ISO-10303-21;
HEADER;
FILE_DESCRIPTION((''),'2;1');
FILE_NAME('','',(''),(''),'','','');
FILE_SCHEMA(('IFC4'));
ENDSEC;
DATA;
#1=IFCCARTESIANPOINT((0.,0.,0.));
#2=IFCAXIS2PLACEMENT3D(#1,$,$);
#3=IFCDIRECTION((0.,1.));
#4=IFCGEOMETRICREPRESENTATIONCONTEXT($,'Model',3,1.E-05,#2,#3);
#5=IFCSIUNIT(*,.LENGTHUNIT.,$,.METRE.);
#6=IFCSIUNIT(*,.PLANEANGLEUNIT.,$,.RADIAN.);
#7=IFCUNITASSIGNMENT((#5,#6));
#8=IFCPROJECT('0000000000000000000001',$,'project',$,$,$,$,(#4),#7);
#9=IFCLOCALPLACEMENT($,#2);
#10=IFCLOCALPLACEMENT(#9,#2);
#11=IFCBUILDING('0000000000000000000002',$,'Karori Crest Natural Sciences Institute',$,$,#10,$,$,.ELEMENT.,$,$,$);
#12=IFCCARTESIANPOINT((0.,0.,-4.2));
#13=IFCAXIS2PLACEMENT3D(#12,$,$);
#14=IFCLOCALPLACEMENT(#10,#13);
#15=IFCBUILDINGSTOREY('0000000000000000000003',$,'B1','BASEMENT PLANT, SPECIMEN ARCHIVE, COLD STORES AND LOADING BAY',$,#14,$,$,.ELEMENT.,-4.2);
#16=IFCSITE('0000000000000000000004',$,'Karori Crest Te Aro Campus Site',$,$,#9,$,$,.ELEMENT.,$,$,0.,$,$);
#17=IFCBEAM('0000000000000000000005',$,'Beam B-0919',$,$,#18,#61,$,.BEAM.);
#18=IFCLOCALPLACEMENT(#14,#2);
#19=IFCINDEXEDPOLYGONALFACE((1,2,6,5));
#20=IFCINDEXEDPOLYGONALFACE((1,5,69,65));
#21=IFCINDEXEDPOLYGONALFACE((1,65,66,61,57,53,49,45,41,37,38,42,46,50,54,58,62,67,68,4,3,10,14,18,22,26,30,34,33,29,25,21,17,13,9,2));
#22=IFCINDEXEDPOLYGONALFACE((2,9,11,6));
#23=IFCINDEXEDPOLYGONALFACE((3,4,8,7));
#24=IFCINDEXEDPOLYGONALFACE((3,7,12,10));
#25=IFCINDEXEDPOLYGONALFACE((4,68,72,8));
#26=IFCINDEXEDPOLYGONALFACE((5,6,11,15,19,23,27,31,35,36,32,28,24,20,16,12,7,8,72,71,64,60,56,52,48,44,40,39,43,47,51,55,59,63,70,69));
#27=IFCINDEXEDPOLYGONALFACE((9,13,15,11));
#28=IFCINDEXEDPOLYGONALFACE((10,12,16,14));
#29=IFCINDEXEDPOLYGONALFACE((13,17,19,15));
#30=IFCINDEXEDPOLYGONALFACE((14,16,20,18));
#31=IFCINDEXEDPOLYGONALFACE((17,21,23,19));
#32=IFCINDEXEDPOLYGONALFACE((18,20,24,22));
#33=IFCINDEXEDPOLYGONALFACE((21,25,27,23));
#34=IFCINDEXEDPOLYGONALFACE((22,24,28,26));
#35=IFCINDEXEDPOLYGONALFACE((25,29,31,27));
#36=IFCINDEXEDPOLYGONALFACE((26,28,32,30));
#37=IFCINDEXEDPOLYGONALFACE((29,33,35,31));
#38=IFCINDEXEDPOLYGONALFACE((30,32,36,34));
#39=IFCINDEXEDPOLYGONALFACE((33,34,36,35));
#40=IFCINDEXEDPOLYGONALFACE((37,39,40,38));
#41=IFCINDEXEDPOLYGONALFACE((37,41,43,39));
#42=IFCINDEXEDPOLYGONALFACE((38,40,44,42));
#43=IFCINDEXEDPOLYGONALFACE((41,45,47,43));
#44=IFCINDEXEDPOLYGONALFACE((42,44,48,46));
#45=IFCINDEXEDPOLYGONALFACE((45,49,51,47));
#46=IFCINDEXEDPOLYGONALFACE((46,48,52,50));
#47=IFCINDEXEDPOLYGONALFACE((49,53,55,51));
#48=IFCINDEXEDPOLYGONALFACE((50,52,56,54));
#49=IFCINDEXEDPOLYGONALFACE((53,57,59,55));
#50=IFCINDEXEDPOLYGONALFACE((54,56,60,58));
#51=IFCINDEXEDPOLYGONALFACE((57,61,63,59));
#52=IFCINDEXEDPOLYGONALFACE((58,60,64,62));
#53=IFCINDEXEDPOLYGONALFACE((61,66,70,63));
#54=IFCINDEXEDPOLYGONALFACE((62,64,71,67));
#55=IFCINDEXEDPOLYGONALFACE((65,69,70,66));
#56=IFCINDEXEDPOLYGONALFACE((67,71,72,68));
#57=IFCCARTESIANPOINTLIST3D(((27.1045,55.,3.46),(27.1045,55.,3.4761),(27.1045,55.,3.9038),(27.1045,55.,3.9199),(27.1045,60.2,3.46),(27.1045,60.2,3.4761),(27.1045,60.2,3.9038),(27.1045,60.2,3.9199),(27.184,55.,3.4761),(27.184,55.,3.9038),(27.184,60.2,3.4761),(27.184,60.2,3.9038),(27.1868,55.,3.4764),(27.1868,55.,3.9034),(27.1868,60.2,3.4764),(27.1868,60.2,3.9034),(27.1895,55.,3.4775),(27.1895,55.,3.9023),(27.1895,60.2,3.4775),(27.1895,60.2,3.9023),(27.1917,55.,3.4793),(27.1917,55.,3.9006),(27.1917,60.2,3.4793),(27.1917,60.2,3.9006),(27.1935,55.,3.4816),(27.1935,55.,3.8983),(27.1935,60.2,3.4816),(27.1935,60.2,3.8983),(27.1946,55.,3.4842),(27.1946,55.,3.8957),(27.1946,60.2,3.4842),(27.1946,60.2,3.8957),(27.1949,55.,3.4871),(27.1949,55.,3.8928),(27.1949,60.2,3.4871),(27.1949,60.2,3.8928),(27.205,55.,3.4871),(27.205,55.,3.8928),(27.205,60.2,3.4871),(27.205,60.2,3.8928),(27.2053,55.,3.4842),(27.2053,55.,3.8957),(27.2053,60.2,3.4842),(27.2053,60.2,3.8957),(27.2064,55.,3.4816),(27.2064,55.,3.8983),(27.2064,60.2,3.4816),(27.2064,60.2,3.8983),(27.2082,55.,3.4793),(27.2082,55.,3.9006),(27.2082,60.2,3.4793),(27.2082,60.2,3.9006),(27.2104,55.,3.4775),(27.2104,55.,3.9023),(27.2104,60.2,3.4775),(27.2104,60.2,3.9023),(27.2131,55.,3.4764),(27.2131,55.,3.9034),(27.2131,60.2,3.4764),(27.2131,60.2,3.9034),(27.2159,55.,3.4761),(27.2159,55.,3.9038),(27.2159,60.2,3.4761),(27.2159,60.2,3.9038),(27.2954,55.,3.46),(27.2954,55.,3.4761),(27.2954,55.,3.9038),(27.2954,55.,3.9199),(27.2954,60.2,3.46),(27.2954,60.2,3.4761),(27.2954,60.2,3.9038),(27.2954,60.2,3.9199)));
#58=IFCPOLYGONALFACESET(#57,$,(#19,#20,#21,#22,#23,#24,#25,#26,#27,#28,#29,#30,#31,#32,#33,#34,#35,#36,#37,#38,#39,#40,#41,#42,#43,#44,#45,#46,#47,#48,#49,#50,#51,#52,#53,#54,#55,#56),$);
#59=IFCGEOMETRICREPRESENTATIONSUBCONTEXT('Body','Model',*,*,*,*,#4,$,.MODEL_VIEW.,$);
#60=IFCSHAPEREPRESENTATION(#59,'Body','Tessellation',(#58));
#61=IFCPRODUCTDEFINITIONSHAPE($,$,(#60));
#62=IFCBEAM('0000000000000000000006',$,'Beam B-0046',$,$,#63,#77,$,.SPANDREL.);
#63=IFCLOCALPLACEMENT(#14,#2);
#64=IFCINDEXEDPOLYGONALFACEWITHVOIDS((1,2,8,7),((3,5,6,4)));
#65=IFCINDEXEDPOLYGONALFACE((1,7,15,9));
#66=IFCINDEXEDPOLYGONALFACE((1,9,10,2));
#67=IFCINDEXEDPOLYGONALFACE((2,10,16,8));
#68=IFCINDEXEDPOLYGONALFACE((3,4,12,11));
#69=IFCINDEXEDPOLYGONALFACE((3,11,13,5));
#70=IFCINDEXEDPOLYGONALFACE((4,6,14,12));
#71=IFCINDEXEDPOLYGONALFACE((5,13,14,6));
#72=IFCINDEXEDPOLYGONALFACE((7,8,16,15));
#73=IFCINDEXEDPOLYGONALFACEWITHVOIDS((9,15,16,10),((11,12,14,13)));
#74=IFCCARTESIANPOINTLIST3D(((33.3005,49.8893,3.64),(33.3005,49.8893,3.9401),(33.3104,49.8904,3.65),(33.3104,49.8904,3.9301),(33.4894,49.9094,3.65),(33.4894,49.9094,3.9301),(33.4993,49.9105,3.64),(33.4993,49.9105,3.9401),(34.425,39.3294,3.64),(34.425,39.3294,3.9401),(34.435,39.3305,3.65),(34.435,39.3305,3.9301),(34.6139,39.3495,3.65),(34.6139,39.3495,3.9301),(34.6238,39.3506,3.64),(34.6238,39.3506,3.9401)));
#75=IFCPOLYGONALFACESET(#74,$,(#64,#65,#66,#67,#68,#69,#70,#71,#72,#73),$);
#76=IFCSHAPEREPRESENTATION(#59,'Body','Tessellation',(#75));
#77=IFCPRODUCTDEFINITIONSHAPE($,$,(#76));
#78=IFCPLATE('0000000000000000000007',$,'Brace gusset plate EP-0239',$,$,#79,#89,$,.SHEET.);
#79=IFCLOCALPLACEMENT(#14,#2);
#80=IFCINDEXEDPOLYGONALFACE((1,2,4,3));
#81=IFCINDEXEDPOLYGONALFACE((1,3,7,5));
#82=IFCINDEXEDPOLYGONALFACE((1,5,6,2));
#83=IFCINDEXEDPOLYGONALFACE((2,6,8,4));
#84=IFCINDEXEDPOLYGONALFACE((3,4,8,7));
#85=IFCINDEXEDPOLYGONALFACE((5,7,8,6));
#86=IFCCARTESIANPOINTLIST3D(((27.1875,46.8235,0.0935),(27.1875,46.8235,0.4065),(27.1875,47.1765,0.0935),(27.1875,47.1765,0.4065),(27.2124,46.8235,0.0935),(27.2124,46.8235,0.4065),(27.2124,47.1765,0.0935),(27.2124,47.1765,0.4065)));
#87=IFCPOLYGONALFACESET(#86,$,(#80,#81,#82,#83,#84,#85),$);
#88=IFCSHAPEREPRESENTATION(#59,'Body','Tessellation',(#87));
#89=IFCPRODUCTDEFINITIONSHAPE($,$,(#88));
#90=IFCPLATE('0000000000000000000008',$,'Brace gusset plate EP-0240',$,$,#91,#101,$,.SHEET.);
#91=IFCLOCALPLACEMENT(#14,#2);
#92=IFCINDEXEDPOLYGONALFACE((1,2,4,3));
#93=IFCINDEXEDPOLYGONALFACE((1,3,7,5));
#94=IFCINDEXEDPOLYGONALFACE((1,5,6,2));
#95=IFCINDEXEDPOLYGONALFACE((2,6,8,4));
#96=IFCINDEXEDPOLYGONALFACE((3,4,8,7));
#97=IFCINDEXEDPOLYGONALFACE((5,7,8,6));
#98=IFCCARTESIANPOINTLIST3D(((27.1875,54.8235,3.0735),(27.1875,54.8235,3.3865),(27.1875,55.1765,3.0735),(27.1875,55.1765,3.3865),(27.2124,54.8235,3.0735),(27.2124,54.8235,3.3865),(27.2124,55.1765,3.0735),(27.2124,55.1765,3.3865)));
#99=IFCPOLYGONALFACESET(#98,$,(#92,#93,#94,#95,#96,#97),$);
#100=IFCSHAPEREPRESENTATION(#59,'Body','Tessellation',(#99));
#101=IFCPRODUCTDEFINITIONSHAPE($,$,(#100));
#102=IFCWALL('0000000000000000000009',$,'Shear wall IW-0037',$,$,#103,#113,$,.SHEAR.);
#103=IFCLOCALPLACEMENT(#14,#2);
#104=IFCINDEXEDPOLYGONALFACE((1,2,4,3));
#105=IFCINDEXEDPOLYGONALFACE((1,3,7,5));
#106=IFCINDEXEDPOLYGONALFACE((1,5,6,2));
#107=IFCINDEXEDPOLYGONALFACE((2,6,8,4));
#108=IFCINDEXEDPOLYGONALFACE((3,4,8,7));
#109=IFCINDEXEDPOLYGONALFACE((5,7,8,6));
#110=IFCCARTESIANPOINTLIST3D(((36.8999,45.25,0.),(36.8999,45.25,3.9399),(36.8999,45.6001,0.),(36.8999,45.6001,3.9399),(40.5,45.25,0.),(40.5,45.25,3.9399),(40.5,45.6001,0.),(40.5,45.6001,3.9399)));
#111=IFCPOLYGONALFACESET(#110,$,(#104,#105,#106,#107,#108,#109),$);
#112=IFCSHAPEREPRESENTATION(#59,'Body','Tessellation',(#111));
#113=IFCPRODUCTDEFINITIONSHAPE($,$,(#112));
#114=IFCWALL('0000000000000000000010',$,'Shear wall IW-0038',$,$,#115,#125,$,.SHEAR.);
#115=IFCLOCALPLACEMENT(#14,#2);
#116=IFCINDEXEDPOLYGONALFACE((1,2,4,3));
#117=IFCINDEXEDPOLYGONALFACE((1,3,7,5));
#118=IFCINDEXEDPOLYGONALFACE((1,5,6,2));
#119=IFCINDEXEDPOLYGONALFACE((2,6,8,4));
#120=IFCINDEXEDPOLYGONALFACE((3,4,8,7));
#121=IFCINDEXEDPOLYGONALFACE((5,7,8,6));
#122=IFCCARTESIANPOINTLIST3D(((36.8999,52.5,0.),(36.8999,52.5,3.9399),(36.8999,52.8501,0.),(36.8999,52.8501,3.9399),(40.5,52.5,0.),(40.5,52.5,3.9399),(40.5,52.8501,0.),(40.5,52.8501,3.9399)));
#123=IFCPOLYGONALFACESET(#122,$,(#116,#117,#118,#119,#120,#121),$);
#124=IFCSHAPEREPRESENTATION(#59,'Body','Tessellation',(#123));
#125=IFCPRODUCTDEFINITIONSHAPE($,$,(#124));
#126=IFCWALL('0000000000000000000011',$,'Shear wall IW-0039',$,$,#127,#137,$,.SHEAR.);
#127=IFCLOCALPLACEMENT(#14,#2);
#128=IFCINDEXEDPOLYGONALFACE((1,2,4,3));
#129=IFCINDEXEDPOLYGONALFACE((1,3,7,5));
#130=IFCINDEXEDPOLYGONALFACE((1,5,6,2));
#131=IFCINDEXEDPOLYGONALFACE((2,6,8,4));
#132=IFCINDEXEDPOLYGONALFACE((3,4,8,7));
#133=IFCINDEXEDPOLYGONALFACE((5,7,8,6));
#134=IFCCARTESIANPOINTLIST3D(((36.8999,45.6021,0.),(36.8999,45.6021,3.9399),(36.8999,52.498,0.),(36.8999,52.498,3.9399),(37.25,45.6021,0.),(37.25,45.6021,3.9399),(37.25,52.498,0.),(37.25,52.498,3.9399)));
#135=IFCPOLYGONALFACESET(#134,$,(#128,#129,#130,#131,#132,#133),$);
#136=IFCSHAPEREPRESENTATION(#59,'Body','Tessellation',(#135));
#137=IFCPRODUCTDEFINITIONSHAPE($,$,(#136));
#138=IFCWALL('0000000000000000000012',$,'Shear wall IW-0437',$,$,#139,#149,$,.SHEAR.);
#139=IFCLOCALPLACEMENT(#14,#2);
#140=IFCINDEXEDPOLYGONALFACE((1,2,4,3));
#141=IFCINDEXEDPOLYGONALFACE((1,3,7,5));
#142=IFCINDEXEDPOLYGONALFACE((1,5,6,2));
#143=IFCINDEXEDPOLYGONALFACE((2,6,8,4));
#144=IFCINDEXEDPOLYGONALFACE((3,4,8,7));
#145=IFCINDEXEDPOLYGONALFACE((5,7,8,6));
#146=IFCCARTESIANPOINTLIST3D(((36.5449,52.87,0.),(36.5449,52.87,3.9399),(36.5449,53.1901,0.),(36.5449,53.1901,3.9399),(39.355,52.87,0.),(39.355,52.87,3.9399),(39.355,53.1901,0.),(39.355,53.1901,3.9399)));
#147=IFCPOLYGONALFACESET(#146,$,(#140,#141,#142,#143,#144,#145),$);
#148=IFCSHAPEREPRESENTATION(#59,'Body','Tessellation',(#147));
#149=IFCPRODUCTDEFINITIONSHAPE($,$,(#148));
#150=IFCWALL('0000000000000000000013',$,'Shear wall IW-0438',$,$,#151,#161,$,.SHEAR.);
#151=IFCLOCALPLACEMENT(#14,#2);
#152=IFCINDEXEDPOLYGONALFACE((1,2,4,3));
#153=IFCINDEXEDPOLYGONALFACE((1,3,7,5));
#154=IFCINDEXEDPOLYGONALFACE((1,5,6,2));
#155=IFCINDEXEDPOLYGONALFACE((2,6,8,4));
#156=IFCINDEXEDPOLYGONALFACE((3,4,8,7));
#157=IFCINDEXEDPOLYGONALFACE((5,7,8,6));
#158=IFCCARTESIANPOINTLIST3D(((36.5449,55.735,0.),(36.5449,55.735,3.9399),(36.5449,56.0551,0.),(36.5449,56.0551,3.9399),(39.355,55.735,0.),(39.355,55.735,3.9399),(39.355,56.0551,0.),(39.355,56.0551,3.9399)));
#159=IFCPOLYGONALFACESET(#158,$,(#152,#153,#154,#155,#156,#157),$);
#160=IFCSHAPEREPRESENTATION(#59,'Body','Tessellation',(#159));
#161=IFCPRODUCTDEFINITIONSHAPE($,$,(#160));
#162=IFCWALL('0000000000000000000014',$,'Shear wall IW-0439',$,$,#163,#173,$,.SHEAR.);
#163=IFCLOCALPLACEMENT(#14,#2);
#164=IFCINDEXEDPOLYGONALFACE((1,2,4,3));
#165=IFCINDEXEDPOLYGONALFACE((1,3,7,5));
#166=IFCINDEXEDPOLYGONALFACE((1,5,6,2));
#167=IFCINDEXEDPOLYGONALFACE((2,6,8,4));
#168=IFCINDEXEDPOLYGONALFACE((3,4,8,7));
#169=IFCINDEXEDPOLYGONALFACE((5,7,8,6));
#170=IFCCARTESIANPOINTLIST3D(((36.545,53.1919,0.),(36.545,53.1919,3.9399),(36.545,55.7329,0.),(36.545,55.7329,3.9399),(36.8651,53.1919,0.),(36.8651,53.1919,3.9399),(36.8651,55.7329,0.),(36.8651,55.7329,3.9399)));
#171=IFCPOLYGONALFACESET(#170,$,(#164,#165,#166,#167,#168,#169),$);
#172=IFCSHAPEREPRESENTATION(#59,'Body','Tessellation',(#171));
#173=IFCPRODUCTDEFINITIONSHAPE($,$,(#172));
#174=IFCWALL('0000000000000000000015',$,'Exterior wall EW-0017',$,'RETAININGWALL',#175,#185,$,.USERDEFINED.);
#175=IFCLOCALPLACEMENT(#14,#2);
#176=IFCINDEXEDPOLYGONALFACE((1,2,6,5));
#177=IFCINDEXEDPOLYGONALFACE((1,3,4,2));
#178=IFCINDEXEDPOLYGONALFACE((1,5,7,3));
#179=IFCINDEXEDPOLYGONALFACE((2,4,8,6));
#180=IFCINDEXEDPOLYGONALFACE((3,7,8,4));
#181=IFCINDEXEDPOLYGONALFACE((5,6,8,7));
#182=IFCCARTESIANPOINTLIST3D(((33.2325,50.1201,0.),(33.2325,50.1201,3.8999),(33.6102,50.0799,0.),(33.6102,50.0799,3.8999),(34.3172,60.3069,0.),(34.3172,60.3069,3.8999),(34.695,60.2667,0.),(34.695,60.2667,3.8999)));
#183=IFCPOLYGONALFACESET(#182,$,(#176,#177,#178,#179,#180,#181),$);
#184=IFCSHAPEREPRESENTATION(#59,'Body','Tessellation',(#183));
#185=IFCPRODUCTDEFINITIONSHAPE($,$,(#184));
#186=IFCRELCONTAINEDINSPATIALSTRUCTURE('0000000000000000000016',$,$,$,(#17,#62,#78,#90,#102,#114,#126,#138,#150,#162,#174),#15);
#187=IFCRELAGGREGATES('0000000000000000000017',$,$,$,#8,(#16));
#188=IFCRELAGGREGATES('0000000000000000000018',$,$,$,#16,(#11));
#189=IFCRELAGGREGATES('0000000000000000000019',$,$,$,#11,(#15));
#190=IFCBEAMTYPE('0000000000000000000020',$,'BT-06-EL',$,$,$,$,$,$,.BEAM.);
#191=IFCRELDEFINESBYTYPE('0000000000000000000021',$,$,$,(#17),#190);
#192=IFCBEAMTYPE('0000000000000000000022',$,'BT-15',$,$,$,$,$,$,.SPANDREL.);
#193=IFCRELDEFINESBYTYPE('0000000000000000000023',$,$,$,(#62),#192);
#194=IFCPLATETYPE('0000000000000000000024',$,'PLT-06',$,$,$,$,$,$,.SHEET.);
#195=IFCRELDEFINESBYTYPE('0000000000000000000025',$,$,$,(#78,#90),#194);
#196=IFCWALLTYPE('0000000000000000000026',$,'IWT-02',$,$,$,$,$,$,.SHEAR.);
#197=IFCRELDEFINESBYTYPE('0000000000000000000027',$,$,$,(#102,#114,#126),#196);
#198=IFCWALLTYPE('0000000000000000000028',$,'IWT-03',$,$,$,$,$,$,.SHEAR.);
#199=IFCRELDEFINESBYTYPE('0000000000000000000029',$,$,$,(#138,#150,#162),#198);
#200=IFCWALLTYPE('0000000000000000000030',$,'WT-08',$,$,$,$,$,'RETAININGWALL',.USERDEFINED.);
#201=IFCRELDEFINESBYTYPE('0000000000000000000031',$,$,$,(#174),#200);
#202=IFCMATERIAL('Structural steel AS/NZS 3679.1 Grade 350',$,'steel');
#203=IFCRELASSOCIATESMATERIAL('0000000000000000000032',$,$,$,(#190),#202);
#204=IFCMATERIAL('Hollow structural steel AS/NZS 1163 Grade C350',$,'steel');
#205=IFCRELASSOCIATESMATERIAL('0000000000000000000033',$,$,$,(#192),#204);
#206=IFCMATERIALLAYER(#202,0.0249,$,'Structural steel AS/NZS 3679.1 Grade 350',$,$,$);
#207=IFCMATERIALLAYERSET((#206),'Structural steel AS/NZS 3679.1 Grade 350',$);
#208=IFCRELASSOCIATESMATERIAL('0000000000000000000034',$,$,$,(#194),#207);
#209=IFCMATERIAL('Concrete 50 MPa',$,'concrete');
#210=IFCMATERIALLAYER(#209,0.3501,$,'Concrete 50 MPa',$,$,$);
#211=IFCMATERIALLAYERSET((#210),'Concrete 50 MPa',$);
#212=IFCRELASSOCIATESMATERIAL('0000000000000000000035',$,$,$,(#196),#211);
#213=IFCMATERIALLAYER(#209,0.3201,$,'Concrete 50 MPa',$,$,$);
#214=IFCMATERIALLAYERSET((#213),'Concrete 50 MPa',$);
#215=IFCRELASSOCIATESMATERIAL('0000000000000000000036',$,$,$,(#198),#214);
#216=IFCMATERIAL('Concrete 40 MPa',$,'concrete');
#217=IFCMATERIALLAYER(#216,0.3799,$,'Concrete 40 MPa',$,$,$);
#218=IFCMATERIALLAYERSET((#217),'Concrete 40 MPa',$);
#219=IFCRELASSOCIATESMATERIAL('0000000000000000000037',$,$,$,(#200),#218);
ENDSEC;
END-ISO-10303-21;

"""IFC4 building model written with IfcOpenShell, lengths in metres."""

from ifc_helpers import new_model, si_unit, direction, frame, frame_2d, origin, origin_2d, place, context, subcontext, project, spatial, rectangle, hollow_rectangle, i_section, extrude, material, layer, layer_set, material_profile, profile_set, type_object, element, save


model = new_model("IFC4")

# Units and contexts
model_context = context("Model", 3, precision=1e-05, world=origin(), true_north=direction((0.0, 1.0)))
body_context = subcontext(model_context, "Body", "Model", "MODEL_VIEW")
ifc_project = project(units=[si_unit("LENGTHUNIT", "METRE"), si_unit("PLANEANGLEUNIT", "RADIAN")], contexts=[model_context])

# Site, building, storey
site_placement = place(None, origin())
site = spatial("IfcSite", under=ifc_project, at=site_placement, Name="Karori Crest Te Aro Campus Site", CompositionType="ELEMENT", RefElevation=0.0)
building_placement = place(site_placement, origin())
building = spatial("IfcBuilding", under=site, at=building_placement, Name="Karori Crest Natural Sciences Institute", CompositionType="ELEMENT")
storey_placement = place(building_placement, frame((0.0, 0.0, -4.2)))
storey = spatial("IfcBuildingStorey", under=building, at=storey_placement, Name="B1", Description="BASEMENT PLANT, SPECIMEN ARCHIVE, COLD STORES AND LOADING BAY", CompositionType="ELEMENT", Elevation=-4.2)

# Shared definitions
ifc_material_1 = material(Name="Concrete 40 MPa", Category="concrete")

# Shared definitions
ifc_material_2 = material(Name="Structural steel AS/NZS 3679.1 Grade 350", Category="steel")
ifc_material_3 = material(Name="Hollow structural steel AS/NZS 1163 Grade C350", Category="steel")

# Beams
ifc_material_profile_1 = material_profile(ifc_material_2, i_section(OverallWidth=0.1909, OverallDepth=0.46, WebThickness=0.01, FlangeThickness=0.0161, FilletRadius=0.011, at=origin_2d()), Name="460UB82.1")
ifc_profile_set_1 = profile_set([ifc_material_profile_1], Name="Structural steel AS/NZS 3679.1 Grade 350")
beam_type_1 = type_object("IfcBeamType", Name="BT-06-EL", PredefinedType="BEAM", material=ifc_profile_set_1)
beam_1_placement = place(storey_placement, frame((27.2, 55.0, 3.6899), z_axis=(0.0, 1.0, 0.0), x_axis=(-1.0, 0.0, 0.0)))
element("IfcBeam", 1, at=beam_1_placement, inside=storey, type_object=beam_type_1, Name="Beam B-0919", PredefinedType="BEAM", context=body_context, shape_type="SweptSolid", body=[
    extrude(i_section(OverallWidth=0.1909, OverallDepth=0.46, WebThickness=0.01, FlangeThickness=0.0161, FilletRadius=0.011, at=origin_2d()), origin(), (0.0, 0.0, 1.0), 5.2),
])
ifc_material_profile_2 = material_profile(ifc_material_3, hollow_rectangle(XDim=0.2, YDim=0.3, WallThickness=0.01, at=origin_2d()), Name="RHS300x200x10")
ifc_profile_set_2 = profile_set([ifc_material_profile_2], Name="Hollow structural steel AS/NZS 1163 Grade C350")
beam_type_2 = type_object("IfcBeamType", Name="BT-15", PredefinedType="SPANDREL", material=ifc_profile_set_2)
beam_2_placement = place(storey_placement, frame((33.3999, 49.8999, 3.79), z_axis=(0.105891, -0.994378, 0.0), x_axis=(0.994378, 0.105891, 0.0)))
element("IfcBeam", 2, at=beam_2_placement, inside=storey, type_object=beam_type_2, Name="Beam B-0046", PredefinedType="SPANDREL", context=body_context, shape_type="SweptSolid", body=[
    extrude(hollow_rectangle(XDim=0.2, YDim=0.3, WallThickness=0.01, at=origin_2d()), origin(), (0.0, 0.0, 1.0), 10.6196),
])

# Plates
ifc_layer_1 = layer(ifc_material_2, 0.0249, Name="Structural steel AS/NZS 3679.1 Grade 350")
ifc_layer_set_1 = layer_set([ifc_layer_1], Name="Structural steel AS/NZS 3679.1 Grade 350")
plate_type = type_object("IfcPlateType", Name="PLT-06", PredefinedType="SHEET", material=ifc_layer_set_1)
for number, where, z_axis, x_axis, name in (
    (3, (27.2, 47.0, 0.0935), (0.0, 0.0, 1.0), (0.0, 1.0, 0.0), "Brace gusset plate EP-0239"),
    (4, (27.2, 55.0, 3.0735), (0.0, 0.0, 1.0), (0.0, 1.0, 0.0), "Brace gusset plate EP-0240"),
):
    element("IfcPlate", number, at=place(storey_placement, frame(where, z_axis=z_axis, x_axis=x_axis)), inside=storey, type_object=plate_type, Name=name, PredefinedType="SHEET", context=body_context, shape_type="SweptSolid", body=[
        extrude(rectangle(XDim=0.353, YDim=0.0249, at=origin_2d()), origin(), (0.0, 0.0, 1.0), 0.313),
    ])

# Walls
ifc_material_4 = material(Name="Concrete 50 MPa", Category="concrete")
ifc_layer_2 = layer(ifc_material_4, 0.3501, Name="Concrete 50 MPa")
ifc_layer_set_2 = layer_set([ifc_layer_2], Name="Concrete 50 MPa")
wall_type_1 = type_object("IfcWallType", Name="IWT-02", PredefinedType="SHEAR", material=ifc_layer_set_2)
for number, where, z_axis, x_axis, name in (
    (5, (36.8999, 45.425, 0.0), (0.0, 0.0, 1.0), (1.0, 0.0, 0.0), "Shear wall IW-0037"),
    (6, (36.8999, 52.675, 0.0), (0.0, 0.0, 1.0), (1.0, 0.0, 0.0), "Shear wall IW-0038"),
):
    element("IfcWall", number, at=place(storey_placement, frame(where, z_axis=z_axis, x_axis=x_axis)), inside=storey, type_object=wall_type_1, Name=name, PredefinedType="SHEAR", context=body_context, shape_type="SweptSolid", body=[
        extrude(rectangle(XDim=3.6001, YDim=0.3501, at=frame_2d((1.8, 0.0))), origin(), (0.0, 0.0, 1.0), 3.9399),
    ])
wall_1_placement = place(storey_placement, frame((37.075, 45.6021, 0.0), z_axis=(0.0, 0.0, 1.0), x_axis=(0.0, 1.0, 0.0)))
element("IfcWall", 7, at=wall_1_placement, inside=storey, type_object=wall_type_1, Name="Shear wall IW-0039", PredefinedType="SHEAR", context=body_context, shape_type="SweptSolid", body=[
    extrude(rectangle(XDim=6.896, YDim=0.3501, at=frame_2d((3.448, 0.0))), origin(), (0.0, 0.0, 1.0), 3.9399),
])
ifc_layer_3 = layer(ifc_material_4, 0.3201, Name="Concrete 50 MPa")
ifc_layer_set_3 = layer_set([ifc_layer_3], Name="Concrete 50 MPa")
wall_type_2 = type_object("IfcWallType", Name="IWT-03", PredefinedType="SHEAR", material=ifc_layer_set_3)
for number, where, z_axis, x_axis, name in (
    (8, (36.5449, 53.03, 0.0), (0.0, 0.0, 1.0), (1.0, 0.0, 0.0), "Shear wall IW-0437"),
    (9, (36.5449, 55.895, 0.0), (0.0, 0.0, 1.0), (1.0, 0.0, 0.0), "Shear wall IW-0438"),
):
    element("IfcWall", number, at=place(storey_placement, frame(where, z_axis=z_axis, x_axis=x_axis)), inside=storey, type_object=wall_type_2, Name=name, PredefinedType="SHEAR", context=body_context, shape_type="SweptSolid", body=[
        extrude(rectangle(XDim=2.8101, YDim=0.3201, at=frame_2d((1.405, 0.0))), origin(), (0.0, 0.0, 1.0), 3.9399),
    ])
wall_2_placement = place(storey_placement, frame((36.7051, 53.1919, 0.0), z_axis=(0.0, 0.0, 1.0), x_axis=(0.0, 1.0, 0.0)))
element("IfcWall", 10, at=wall_2_placement, inside=storey, type_object=wall_type_2, Name="Shear wall IW-0439", PredefinedType="SHEAR", context=body_context, shape_type="SweptSolid", body=[
    extrude(rectangle(XDim=2.541, YDim=0.3201, at=frame_2d((1.2705, 0.0))), origin(), (0.0, 0.0, 1.0), 3.9399),
])
ifc_layer_4 = layer(ifc_material_1, 0.3799, Name="Concrete 40 MPa")
ifc_layer_set_4 = layer_set([ifc_layer_4], Name="Concrete 40 MPa")
wall_type_3 = type_object("IfcWallType", Name="WT-08", ElementType="RETAININGWALL", PredefinedType="USERDEFINED", material=ifc_layer_set_4)
wall_3_placement = place(storey_placement, frame((33.4214, 50.1001, 0.0), z_axis=(0.0, 0.0, 1.0), x_axis=(0.105884, 0.994378, 0.0)))
element("IfcWall", 11, at=wall_3_placement, inside=storey, type_object=wall_type_3, Name="Exterior wall EW-0017", ObjectType="RETAININGWALL", PredefinedType="USERDEFINED", context=body_context, shape_type="SweptSolid", body=[
    extrude(rectangle(XDim=10.2444, YDim=0.3799, at=frame_2d((5.1221, 0.0))), origin(), (0.0, 0.0, 1.0), 3.8999),
])

save(model, "model.ifc")
